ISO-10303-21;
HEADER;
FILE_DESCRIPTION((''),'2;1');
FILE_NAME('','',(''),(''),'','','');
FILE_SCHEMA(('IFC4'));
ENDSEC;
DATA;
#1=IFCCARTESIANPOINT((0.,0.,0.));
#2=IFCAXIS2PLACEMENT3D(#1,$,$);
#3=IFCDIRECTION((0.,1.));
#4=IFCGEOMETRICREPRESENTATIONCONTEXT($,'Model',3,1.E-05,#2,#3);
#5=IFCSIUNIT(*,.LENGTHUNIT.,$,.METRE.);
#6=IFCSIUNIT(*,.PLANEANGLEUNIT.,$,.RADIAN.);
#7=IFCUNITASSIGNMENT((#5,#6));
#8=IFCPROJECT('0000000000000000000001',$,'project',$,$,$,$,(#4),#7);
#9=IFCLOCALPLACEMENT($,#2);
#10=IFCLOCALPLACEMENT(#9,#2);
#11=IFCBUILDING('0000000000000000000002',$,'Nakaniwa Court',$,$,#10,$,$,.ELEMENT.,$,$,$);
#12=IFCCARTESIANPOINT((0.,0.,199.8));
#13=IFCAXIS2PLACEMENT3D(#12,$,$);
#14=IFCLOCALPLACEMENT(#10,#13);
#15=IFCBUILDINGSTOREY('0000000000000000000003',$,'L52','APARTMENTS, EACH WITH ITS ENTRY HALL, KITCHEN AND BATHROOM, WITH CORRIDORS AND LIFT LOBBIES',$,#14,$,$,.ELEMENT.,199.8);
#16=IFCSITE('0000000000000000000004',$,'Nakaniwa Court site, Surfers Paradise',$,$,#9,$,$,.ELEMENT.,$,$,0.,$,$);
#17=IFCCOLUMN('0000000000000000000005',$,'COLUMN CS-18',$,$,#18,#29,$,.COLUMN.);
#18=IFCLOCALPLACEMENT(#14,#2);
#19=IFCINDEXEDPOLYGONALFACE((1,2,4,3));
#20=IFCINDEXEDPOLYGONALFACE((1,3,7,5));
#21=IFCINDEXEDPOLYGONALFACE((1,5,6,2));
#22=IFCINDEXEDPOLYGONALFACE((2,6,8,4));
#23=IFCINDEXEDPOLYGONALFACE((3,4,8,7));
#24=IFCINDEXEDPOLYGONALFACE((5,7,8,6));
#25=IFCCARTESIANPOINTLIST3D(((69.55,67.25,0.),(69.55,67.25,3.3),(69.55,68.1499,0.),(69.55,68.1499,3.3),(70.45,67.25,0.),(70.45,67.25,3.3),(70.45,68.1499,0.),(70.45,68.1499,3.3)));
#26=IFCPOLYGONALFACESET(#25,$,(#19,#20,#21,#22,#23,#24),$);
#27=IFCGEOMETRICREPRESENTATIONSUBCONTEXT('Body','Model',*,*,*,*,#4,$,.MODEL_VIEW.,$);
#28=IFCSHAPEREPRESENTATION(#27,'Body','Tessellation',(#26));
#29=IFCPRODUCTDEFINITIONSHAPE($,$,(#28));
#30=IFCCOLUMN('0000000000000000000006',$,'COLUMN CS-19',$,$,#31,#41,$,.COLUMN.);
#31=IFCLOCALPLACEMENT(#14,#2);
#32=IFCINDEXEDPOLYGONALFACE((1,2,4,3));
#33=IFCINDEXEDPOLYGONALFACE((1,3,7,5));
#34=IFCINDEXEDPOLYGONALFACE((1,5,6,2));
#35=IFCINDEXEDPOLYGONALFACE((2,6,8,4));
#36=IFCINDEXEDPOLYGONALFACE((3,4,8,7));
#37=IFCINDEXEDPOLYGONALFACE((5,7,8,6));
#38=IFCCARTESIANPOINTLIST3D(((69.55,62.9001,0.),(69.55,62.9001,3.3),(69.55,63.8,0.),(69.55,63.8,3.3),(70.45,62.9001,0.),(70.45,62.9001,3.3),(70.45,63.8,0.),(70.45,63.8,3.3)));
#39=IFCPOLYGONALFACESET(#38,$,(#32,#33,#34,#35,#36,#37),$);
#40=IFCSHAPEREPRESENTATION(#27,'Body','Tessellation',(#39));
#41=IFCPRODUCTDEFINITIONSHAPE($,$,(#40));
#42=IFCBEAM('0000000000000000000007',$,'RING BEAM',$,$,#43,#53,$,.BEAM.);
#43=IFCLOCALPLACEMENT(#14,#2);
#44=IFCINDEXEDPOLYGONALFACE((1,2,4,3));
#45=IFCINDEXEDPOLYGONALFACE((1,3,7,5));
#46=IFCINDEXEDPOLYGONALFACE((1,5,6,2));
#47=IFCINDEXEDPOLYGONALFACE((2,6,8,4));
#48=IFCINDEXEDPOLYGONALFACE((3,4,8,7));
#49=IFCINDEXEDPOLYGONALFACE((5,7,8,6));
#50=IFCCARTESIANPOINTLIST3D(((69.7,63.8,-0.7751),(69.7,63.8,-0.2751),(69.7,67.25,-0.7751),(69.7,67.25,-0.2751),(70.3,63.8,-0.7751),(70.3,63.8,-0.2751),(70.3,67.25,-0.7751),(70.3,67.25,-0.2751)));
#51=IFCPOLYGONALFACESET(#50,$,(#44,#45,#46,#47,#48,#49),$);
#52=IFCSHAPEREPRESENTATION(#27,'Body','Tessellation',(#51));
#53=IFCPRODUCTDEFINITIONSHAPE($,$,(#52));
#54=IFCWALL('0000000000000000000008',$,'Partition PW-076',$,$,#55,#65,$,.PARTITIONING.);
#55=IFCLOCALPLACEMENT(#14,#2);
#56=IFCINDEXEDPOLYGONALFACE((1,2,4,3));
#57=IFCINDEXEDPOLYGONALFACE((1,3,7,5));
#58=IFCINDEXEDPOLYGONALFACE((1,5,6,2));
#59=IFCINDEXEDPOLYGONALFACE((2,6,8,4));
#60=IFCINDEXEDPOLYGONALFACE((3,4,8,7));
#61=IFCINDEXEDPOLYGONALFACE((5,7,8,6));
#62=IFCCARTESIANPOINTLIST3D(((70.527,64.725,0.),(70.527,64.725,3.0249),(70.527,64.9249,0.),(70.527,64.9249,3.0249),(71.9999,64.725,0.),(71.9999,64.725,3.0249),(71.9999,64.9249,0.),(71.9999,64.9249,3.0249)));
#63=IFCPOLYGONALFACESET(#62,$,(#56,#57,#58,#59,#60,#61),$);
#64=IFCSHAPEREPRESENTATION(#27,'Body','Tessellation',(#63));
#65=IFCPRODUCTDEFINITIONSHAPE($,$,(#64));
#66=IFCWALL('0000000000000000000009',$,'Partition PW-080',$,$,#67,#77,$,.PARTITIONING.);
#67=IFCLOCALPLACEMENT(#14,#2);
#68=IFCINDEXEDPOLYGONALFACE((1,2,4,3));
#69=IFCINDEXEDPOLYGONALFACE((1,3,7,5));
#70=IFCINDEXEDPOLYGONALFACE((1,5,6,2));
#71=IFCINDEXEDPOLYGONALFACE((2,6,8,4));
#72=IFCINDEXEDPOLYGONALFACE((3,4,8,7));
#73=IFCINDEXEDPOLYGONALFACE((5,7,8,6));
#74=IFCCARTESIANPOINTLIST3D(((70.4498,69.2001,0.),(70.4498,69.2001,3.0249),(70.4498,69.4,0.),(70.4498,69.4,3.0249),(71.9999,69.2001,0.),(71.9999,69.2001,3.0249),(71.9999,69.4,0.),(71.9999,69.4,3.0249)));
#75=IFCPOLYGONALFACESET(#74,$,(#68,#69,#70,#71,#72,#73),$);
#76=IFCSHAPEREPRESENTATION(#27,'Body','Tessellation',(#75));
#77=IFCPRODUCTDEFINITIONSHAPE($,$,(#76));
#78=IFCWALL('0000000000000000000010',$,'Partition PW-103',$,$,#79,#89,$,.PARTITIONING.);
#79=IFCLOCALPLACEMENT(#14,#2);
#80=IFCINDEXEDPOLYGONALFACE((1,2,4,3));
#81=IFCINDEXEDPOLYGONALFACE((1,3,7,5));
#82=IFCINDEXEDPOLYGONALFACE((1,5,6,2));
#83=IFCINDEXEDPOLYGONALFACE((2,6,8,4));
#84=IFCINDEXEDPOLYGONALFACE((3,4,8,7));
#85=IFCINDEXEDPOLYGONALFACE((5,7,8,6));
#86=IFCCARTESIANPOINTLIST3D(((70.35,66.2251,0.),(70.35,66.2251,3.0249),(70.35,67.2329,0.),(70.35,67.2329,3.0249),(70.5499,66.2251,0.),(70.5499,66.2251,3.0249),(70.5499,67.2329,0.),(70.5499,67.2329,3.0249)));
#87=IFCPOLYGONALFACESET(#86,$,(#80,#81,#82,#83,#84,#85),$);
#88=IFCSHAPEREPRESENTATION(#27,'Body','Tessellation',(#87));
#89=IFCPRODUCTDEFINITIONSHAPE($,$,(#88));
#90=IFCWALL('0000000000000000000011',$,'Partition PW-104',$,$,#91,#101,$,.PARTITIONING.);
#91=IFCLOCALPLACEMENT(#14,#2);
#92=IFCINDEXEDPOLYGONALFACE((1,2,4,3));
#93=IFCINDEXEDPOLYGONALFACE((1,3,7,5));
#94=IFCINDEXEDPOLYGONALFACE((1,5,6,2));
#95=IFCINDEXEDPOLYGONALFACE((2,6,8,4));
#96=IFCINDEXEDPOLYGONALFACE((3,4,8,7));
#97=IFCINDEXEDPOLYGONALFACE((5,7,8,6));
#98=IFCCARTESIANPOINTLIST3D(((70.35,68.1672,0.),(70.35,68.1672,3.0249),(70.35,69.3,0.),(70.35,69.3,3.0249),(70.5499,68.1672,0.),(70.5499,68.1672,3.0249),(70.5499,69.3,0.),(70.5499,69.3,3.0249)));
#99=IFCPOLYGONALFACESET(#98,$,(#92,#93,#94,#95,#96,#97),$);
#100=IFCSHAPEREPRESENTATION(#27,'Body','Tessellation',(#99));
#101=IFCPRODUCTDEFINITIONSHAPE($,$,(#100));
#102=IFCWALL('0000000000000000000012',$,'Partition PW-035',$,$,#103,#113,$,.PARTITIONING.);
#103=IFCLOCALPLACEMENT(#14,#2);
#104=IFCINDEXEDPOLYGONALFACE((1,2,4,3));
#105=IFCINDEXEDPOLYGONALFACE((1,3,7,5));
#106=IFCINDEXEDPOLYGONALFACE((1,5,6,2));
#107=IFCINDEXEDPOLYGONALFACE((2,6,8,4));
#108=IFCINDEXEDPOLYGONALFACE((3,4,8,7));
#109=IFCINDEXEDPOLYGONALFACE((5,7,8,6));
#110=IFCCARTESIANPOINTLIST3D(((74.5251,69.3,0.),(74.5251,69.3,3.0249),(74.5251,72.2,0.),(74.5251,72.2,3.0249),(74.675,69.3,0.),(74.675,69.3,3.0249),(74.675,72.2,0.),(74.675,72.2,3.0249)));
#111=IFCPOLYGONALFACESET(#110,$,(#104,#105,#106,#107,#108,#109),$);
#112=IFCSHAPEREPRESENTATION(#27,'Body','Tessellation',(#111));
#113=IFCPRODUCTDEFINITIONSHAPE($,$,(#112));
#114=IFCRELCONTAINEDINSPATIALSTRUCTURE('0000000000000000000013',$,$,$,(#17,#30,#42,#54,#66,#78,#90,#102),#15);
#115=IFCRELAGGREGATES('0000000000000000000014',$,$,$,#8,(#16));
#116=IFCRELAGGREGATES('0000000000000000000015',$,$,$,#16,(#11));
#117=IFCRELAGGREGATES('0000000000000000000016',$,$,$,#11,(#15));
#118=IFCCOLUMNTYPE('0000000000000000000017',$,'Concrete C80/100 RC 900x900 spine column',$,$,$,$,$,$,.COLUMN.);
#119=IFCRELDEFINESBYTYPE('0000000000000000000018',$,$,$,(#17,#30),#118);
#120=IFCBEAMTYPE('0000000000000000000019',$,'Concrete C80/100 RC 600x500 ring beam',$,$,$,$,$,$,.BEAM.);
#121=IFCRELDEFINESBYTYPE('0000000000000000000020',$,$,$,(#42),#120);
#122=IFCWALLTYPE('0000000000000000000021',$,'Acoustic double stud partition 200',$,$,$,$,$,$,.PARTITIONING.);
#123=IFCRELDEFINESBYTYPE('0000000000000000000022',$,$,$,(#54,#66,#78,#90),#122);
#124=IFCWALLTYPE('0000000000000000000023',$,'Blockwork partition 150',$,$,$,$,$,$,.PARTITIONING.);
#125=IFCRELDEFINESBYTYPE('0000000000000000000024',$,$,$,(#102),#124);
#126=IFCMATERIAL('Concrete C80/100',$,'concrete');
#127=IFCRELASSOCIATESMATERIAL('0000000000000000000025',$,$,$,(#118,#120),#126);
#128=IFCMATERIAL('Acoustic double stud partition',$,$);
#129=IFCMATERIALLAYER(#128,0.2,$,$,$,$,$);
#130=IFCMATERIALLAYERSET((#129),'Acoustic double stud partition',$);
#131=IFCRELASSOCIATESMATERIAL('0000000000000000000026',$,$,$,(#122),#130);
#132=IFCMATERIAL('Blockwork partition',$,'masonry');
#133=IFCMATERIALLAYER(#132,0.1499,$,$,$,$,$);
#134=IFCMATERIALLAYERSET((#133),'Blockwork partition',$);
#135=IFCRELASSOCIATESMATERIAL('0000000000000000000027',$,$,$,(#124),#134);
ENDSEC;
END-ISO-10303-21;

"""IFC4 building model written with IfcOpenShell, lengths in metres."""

from ifc_helpers import new_model, si_unit, direction, frame, frame_2d, origin, origin_2d, place, context, subcontext, project, spatial, rectangle, extrude, material, layer, layer_set, material_profile, profile_set, type_object, element, save


model = new_model("IFC4")

# Units and contexts
model_context = context("Model", 3, precision=1e-05, world=origin(), true_north=direction((0.0, 1.0)))
body_context = subcontext(model_context, "Body", "Model", "MODEL_VIEW")
ifc_project = project(units=[si_unit("LENGTHUNIT", "METRE"), si_unit("PLANEANGLEUNIT", "RADIAN")], contexts=[model_context])

# Site, building, storey
site_placement = place(None, origin())
site = spatial("IfcSite", under=ifc_project, at=site_placement, Name="Nakaniwa Court site, Surfers Paradise", CompositionType="ELEMENT", RefElevation=0.0)
building_placement = place(site_placement, origin())
building = spatial("IfcBuilding", under=site, at=building_placement, Name="Nakaniwa Court", CompositionType="ELEMENT")
storey_placement = place(building_placement, frame((0.0, 0.0, 199.8)))
storey = spatial("IfcBuildingStorey", under=building, at=storey_placement, Name="L52", Description="APARTMENTS, EACH WITH ITS ENTRY HALL, KITCHEN AND BATHROOM, WITH CORRIDORS AND LIFT LOBBIES", CompositionType="ELEMENT", Elevation=199.8)

# Columns
ifc_material_1 = material(Name="Concrete C80/100", Category="concrete")
ifc_material_profile_1 = material_profile(ifc_material_1, rectangle(XDim=0.8999, YDim=0.8999, at=origin_2d()), Name="Concrete C80/100 RC 900x900 spine column")
ifc_profile_set_1 = profile_set([ifc_material_profile_1], Name="Concrete C80/100")
column_type = type_object("IfcColumnType", Name="Concrete C80/100 RC 900x900 spine column", PredefinedType="COLUMN", material=ifc_profile_set_1)
for number, where, z_axis, x_axis, name in (
    (1, (70.0, 67.7, 0.0), (0.0, 0.0, 1.0), (0.0, -1.0, 0.0), "COLUMN CS-18"),
    (2, (70.0, 63.3501, 0.0), (0.0, 0.0, 1.0), (0.0, -1.0, 0.0), "COLUMN CS-19"),
):
    element("IfcColumn", number, at=place(storey_placement, frame(where, z_axis=z_axis, x_axis=x_axis)), inside=storey, type_object=column_type, Name=name, PredefinedType="COLUMN", context=body_context, shape_type="SweptSolid", body=[
        extrude(rectangle(XDim=0.8999, YDim=0.8999, at=origin_2d()), origin(), (0.0, 0.0, 1.0), 3.3),
    ])

# Beam
ifc_material_profile_2 = material_profile(ifc_material_1, rectangle(XDim=0.6001, YDim=0.5, at=origin_2d()), Name="Concrete C80/100 RC 600x500 ring beam")
ifc_profile_set_2 = profile_set([ifc_material_profile_2], Name="Concrete C80/100")
beam_type = type_object("IfcBeamType", Name="Concrete C80/100 RC 600x500 ring beam", PredefinedType="BEAM", material=ifc_profile_set_2)
beam_placement = place(storey_placement, frame((70.0, 67.25, -0.5251), z_axis=(0.0, -1.0, 0.0), x_axis=(1.0, 0.0, 0.0)))
element("IfcBeam", 3, at=beam_placement, inside=storey, type_object=beam_type, Name="RING BEAM", PredefinedType="BEAM", context=body_context, shape_type="SweptSolid", body=[
    extrude(rectangle(XDim=0.6001, YDim=0.5, at=origin_2d()), origin(), (0.0, 0.0, 1.0), 3.45),
])

# Walls
ifc_material_2 = material(Name="Acoustic double stud partition")
ifc_layer_1 = layer(ifc_material_2, 0.2)
ifc_layer_set_1 = layer_set([ifc_layer_1], Name="Acoustic double stud partition")
wall_type_1 = type_object("IfcWallType", Name="Acoustic double stud partition 200", PredefinedType="PARTITIONING", material=ifc_layer_set_1)
wall_1_placement = place(storey_placement, frame((70.5271, 64.825, 0.0), z_axis=(0.0, 0.0, 1.0), x_axis=(1.0, 0.0, 0.0)))
element("IfcWall", 4, at=wall_1_placement, inside=storey, type_object=wall_type_1, Name="Partition PW-076", PredefinedType="PARTITIONING", context=body_context, shape_type="SweptSolid", body=[
    extrude(rectangle(XDim=1.4729, YDim=0.2, at=frame_2d((0.7363, 0.0))), origin(), (0.0, 0.0, 1.0), 3.0249),
])
wall_2_placement = place(storey_placement, frame((70.45, 69.3, 0.0), z_axis=(0.0, 0.0, 1.0), x_axis=(1.0, 0.0, 0.0)))
element("IfcWall", 5, at=wall_2_placement, inside=storey, type_object=wall_type_1, Name="Partition PW-080", PredefinedType="PARTITIONING", context=body_context, shape_type="SweptSolid", body=[
    extrude(rectangle(XDim=1.55, YDim=0.2, at=frame_2d((0.7749, 0.0))), origin(), (0.0, 0.0, 1.0), 3.0249),
])
wall_3_placement = place(storey_placement, frame((70.45, 66.2251, 0.0), z_axis=(0.0, 0.0, 1.0), x_axis=(0.0, 1.0, 0.0)))
element("IfcWall", 6, at=wall_3_placement, inside=storey, type_object=wall_type_1, Name="Partition PW-103", PredefinedType="PARTITIONING", context=body_context, shape_type="SweptSolid", body=[
    extrude(rectangle(XDim=1.0078, YDim=0.2, at=frame_2d((0.5039, 0.0))), origin(), (0.0, 0.0, 1.0), 3.0249),
])
wall_4_placement = place(storey_placement, frame((70.45, 68.1672, 0.0), z_axis=(0.0, 0.0, 1.0), x_axis=(0.0, 1.0, 0.0)))
element("IfcWall", 7, at=wall_4_placement, inside=storey, type_object=wall_type_1, Name="Partition PW-104", PredefinedType="PARTITIONING", context=body_context, shape_type="SweptSolid", body=[
    extrude(rectangle(XDim=1.1328, YDim=0.2, at=frame_2d((0.5664, 0.0))), origin(), (0.0, 0.0, 1.0), 3.0249),
])
ifc_material_3 = material(Name="Blockwork partition", Category="masonry")
ifc_layer_2 = layer(ifc_material_3, 0.1499)
ifc_layer_set_2 = layer_set([ifc_layer_2], Name="Blockwork partition")
wall_type_2 = type_object("IfcWallType", Name="Blockwork partition 150", PredefinedType="PARTITIONING", material=ifc_layer_set_2)
wall_5_placement = place(storey_placement, frame((74.6001, 69.3, 0.0), z_axis=(0.0, 0.0, 1.0), x_axis=(0.0, 1.0, 0.0)))
element("IfcWall", 8, at=wall_5_placement, inside=storey, type_object=wall_type_2, Name="Partition PW-035", PredefinedType="PARTITIONING", context=body_context, shape_type="SweptSolid", body=[
    extrude(rectangle(XDim=2.8999, YDim=0.1499, at=frame_2d((1.45, 0.0))), origin(), (0.0, 0.0, 1.0), 3.0249),
])

save(model, "model.ifc")
